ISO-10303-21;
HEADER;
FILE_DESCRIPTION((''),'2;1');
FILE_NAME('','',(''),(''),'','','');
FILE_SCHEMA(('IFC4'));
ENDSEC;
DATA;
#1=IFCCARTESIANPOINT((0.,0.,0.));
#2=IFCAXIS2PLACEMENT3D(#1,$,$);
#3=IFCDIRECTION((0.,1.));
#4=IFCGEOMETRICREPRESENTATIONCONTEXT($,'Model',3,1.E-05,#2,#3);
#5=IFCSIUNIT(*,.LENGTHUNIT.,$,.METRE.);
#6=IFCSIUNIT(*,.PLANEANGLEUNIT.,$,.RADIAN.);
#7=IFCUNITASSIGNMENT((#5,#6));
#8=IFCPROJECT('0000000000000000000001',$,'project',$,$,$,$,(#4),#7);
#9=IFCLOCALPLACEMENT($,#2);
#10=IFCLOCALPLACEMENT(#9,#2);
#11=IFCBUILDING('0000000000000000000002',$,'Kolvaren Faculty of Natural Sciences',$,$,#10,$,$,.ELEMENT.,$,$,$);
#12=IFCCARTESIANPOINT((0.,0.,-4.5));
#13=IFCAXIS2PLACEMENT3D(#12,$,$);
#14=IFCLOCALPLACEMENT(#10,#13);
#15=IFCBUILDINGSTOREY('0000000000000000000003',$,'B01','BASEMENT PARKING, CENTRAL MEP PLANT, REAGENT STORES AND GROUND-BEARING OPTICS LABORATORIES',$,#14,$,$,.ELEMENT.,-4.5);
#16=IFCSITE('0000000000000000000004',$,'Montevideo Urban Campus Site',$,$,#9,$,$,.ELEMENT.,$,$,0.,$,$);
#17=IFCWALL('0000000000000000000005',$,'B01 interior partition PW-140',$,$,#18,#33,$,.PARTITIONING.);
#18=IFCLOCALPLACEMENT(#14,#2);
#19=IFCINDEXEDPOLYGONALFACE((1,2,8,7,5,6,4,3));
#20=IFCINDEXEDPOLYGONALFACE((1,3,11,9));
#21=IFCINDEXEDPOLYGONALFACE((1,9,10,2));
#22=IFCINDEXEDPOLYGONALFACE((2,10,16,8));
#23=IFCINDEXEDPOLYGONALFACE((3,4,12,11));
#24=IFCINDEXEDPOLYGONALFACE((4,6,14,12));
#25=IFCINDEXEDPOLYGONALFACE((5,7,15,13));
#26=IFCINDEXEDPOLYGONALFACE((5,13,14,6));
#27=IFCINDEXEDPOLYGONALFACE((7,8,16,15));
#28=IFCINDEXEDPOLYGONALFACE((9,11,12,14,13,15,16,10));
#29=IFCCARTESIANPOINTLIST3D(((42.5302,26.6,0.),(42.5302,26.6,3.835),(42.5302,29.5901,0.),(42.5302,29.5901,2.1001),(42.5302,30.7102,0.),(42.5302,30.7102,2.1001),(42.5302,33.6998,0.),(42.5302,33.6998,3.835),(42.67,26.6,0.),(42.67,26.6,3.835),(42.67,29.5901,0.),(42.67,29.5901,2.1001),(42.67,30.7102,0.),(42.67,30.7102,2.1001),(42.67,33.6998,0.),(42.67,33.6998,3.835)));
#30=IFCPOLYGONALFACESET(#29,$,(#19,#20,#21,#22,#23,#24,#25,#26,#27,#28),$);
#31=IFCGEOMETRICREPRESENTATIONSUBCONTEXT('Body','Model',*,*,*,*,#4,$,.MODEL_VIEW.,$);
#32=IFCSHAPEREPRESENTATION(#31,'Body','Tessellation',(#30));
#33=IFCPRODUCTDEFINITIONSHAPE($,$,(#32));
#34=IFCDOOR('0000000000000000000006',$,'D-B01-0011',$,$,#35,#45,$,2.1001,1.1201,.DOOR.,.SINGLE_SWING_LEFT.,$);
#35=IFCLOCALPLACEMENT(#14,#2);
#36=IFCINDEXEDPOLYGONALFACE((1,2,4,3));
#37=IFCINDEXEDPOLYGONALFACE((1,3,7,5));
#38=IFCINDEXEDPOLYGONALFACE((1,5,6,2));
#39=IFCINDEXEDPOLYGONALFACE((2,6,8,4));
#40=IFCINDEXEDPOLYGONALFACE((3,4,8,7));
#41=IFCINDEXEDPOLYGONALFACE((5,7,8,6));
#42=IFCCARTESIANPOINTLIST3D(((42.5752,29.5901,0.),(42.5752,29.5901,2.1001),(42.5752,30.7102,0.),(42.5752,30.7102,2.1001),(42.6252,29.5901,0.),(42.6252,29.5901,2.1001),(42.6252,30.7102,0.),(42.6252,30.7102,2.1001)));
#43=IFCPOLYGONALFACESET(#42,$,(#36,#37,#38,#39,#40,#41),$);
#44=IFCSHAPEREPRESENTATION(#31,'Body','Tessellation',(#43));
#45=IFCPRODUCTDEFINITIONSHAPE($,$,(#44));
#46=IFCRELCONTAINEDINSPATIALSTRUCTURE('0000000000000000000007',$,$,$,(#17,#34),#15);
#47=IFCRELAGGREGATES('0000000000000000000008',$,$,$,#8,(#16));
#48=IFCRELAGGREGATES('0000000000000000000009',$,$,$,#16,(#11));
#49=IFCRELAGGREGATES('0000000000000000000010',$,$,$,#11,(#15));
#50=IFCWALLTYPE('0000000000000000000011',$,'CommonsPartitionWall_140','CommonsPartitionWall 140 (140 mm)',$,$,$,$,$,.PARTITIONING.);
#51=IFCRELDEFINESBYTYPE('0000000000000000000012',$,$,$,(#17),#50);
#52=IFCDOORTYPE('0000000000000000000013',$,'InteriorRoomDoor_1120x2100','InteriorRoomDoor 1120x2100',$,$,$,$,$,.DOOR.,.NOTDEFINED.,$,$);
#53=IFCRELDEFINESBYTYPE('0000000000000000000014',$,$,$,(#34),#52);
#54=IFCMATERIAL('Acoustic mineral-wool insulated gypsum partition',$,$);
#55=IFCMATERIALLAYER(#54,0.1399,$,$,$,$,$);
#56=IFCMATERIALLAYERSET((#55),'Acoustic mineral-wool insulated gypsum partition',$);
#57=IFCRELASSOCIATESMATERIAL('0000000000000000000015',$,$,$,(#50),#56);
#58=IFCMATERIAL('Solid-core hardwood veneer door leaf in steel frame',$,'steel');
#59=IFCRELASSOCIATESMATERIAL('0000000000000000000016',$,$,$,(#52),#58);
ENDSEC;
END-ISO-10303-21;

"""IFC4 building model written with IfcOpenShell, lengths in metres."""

from ifc_helpers import new_model, si_unit, direction, frame, frame_2d, origin, place, context, subcontext, project, spatial, rectangle, extrude, material, layer, layer_set, type_object, element, fill, save


model = new_model("IFC4")

# Units and contexts
model_context = context("Model", 3, precision=1e-05, world=origin(), true_north=direction((0.0, 1.0)))
body_context = subcontext(model_context, "Body", "Model", "MODEL_VIEW")
ifc_project = project(units=[si_unit("LENGTHUNIT", "METRE"), si_unit("PLANEANGLEUNIT", "RADIAN")], contexts=[model_context])

# Site, building, storey
site_placement = place(None, origin())
site = spatial("IfcSite", under=ifc_project, at=site_placement, Name="Montevideo Urban Campus Site", CompositionType="ELEMENT", RefElevation=0.0)
building_placement = place(site_placement, origin())
building = spatial("IfcBuilding", under=site, at=building_placement, Name="Kolvaren Faculty of Natural Sciences", CompositionType="ELEMENT")
storey_placement = place(building_placement, frame((0.0, 0.0, -4.5)))
storey = spatial("IfcBuildingStorey", under=building, at=storey_placement, Name="B01", Description="BASEMENT PARKING, CENTRAL MEP PLANT, REAGENT STORES AND GROUND-BEARING OPTICS LABORATORIES", CompositionType="ELEMENT", Elevation=-4.5)

# Shared definitions
ifc_material_1 = material(Name="Acoustic mineral-wool insulated gypsum partition")

# Shared definitions
ifc_layer_1 = layer(ifc_material_1, 0.1399)
ifc_layer_set_1 = layer_set([ifc_layer_1], Name="Acoustic mineral-wool insulated gypsum partition")
wall_type_1 = type_object("IfcWallType", Name="CommonsPartitionWall_140", Description="CommonsPartitionWall 140 (140 mm)", PredefinedType="PARTITIONING", material=ifc_layer_set_1)

# Wall, opening, door
wall_1_placement = place(storey_placement, frame((42.6001, 26.6001, 0.0), z_axis=(0.0, 0.0, 1.0), x_axis=(0.0, 1.0, 0.0)))
wall_1 = element("IfcWall", 1, at=wall_1_placement, inside=storey, type_object=wall_type_1, Name="B01 interior partition PW-140", PredefinedType="PARTITIONING", context=body_context, shape_type="SweptSolid", body=[
    extrude(rectangle(XDim=7.0999, YDim=0.1399, at=frame_2d((3.5498, 0.0))), origin(), (0.0, 0.0, 1.0), 3.835),
])
opening_1_placement = place(wall_1_placement, frame((2.99, 0.0, 0.0)))
opening_1 = element("IfcOpeningElement", 2, at=opening_1_placement, cuts=wall_1, PredefinedType="OPENING", context=body_context, shape_type="SweptSolid", body=[
    extrude(rectangle(XDim=1.1201, YDim=2.1001, at=frame_2d((0.5601, 1.05))), frame((0.0, 0.0798, 0.0), z_axis=(0.0, -1.0, 0.0), x_axis=(1.0, 0.0, 0.0)), (0.0, 0.0, 1.0), 0.1599),
])
ifc_material_2 = material(Name="Solid-core hardwood veneer door leaf in steel frame", Category="steel")
door_type_1 = type_object("IfcDoorType", Name="InteriorRoomDoor_1120x2100", Description="InteriorRoomDoor 1120x2100", OperationType="NOTDEFINED", PredefinedType="DOOR", material=ifc_material_2)
door_1_placement = place(opening_1_placement, origin())
door_1 = element("IfcDoor", 3, at=door_1_placement, inside=storey, type_object=door_type_1, Name="D-B01-0011", OperationType="SINGLE_SWING_LEFT", OverallHeight=2.1001, OverallWidth=1.1201, PredefinedType="DOOR", context=body_context, shape_type="SweptSolid", body=[
    extrude(rectangle(XDim=1.1201, YDim=2.1001, at=frame_2d((0.5601, 1.05))), frame((0.0, 0.0249, 0.0), z_axis=(0.0, -1.0, 0.0), x_axis=(1.0, 0.0, 0.0)), (0.0, 0.0, 1.0), 0.05),
])
fill(opening_1, door_1)

save(model, "model.ifc")
